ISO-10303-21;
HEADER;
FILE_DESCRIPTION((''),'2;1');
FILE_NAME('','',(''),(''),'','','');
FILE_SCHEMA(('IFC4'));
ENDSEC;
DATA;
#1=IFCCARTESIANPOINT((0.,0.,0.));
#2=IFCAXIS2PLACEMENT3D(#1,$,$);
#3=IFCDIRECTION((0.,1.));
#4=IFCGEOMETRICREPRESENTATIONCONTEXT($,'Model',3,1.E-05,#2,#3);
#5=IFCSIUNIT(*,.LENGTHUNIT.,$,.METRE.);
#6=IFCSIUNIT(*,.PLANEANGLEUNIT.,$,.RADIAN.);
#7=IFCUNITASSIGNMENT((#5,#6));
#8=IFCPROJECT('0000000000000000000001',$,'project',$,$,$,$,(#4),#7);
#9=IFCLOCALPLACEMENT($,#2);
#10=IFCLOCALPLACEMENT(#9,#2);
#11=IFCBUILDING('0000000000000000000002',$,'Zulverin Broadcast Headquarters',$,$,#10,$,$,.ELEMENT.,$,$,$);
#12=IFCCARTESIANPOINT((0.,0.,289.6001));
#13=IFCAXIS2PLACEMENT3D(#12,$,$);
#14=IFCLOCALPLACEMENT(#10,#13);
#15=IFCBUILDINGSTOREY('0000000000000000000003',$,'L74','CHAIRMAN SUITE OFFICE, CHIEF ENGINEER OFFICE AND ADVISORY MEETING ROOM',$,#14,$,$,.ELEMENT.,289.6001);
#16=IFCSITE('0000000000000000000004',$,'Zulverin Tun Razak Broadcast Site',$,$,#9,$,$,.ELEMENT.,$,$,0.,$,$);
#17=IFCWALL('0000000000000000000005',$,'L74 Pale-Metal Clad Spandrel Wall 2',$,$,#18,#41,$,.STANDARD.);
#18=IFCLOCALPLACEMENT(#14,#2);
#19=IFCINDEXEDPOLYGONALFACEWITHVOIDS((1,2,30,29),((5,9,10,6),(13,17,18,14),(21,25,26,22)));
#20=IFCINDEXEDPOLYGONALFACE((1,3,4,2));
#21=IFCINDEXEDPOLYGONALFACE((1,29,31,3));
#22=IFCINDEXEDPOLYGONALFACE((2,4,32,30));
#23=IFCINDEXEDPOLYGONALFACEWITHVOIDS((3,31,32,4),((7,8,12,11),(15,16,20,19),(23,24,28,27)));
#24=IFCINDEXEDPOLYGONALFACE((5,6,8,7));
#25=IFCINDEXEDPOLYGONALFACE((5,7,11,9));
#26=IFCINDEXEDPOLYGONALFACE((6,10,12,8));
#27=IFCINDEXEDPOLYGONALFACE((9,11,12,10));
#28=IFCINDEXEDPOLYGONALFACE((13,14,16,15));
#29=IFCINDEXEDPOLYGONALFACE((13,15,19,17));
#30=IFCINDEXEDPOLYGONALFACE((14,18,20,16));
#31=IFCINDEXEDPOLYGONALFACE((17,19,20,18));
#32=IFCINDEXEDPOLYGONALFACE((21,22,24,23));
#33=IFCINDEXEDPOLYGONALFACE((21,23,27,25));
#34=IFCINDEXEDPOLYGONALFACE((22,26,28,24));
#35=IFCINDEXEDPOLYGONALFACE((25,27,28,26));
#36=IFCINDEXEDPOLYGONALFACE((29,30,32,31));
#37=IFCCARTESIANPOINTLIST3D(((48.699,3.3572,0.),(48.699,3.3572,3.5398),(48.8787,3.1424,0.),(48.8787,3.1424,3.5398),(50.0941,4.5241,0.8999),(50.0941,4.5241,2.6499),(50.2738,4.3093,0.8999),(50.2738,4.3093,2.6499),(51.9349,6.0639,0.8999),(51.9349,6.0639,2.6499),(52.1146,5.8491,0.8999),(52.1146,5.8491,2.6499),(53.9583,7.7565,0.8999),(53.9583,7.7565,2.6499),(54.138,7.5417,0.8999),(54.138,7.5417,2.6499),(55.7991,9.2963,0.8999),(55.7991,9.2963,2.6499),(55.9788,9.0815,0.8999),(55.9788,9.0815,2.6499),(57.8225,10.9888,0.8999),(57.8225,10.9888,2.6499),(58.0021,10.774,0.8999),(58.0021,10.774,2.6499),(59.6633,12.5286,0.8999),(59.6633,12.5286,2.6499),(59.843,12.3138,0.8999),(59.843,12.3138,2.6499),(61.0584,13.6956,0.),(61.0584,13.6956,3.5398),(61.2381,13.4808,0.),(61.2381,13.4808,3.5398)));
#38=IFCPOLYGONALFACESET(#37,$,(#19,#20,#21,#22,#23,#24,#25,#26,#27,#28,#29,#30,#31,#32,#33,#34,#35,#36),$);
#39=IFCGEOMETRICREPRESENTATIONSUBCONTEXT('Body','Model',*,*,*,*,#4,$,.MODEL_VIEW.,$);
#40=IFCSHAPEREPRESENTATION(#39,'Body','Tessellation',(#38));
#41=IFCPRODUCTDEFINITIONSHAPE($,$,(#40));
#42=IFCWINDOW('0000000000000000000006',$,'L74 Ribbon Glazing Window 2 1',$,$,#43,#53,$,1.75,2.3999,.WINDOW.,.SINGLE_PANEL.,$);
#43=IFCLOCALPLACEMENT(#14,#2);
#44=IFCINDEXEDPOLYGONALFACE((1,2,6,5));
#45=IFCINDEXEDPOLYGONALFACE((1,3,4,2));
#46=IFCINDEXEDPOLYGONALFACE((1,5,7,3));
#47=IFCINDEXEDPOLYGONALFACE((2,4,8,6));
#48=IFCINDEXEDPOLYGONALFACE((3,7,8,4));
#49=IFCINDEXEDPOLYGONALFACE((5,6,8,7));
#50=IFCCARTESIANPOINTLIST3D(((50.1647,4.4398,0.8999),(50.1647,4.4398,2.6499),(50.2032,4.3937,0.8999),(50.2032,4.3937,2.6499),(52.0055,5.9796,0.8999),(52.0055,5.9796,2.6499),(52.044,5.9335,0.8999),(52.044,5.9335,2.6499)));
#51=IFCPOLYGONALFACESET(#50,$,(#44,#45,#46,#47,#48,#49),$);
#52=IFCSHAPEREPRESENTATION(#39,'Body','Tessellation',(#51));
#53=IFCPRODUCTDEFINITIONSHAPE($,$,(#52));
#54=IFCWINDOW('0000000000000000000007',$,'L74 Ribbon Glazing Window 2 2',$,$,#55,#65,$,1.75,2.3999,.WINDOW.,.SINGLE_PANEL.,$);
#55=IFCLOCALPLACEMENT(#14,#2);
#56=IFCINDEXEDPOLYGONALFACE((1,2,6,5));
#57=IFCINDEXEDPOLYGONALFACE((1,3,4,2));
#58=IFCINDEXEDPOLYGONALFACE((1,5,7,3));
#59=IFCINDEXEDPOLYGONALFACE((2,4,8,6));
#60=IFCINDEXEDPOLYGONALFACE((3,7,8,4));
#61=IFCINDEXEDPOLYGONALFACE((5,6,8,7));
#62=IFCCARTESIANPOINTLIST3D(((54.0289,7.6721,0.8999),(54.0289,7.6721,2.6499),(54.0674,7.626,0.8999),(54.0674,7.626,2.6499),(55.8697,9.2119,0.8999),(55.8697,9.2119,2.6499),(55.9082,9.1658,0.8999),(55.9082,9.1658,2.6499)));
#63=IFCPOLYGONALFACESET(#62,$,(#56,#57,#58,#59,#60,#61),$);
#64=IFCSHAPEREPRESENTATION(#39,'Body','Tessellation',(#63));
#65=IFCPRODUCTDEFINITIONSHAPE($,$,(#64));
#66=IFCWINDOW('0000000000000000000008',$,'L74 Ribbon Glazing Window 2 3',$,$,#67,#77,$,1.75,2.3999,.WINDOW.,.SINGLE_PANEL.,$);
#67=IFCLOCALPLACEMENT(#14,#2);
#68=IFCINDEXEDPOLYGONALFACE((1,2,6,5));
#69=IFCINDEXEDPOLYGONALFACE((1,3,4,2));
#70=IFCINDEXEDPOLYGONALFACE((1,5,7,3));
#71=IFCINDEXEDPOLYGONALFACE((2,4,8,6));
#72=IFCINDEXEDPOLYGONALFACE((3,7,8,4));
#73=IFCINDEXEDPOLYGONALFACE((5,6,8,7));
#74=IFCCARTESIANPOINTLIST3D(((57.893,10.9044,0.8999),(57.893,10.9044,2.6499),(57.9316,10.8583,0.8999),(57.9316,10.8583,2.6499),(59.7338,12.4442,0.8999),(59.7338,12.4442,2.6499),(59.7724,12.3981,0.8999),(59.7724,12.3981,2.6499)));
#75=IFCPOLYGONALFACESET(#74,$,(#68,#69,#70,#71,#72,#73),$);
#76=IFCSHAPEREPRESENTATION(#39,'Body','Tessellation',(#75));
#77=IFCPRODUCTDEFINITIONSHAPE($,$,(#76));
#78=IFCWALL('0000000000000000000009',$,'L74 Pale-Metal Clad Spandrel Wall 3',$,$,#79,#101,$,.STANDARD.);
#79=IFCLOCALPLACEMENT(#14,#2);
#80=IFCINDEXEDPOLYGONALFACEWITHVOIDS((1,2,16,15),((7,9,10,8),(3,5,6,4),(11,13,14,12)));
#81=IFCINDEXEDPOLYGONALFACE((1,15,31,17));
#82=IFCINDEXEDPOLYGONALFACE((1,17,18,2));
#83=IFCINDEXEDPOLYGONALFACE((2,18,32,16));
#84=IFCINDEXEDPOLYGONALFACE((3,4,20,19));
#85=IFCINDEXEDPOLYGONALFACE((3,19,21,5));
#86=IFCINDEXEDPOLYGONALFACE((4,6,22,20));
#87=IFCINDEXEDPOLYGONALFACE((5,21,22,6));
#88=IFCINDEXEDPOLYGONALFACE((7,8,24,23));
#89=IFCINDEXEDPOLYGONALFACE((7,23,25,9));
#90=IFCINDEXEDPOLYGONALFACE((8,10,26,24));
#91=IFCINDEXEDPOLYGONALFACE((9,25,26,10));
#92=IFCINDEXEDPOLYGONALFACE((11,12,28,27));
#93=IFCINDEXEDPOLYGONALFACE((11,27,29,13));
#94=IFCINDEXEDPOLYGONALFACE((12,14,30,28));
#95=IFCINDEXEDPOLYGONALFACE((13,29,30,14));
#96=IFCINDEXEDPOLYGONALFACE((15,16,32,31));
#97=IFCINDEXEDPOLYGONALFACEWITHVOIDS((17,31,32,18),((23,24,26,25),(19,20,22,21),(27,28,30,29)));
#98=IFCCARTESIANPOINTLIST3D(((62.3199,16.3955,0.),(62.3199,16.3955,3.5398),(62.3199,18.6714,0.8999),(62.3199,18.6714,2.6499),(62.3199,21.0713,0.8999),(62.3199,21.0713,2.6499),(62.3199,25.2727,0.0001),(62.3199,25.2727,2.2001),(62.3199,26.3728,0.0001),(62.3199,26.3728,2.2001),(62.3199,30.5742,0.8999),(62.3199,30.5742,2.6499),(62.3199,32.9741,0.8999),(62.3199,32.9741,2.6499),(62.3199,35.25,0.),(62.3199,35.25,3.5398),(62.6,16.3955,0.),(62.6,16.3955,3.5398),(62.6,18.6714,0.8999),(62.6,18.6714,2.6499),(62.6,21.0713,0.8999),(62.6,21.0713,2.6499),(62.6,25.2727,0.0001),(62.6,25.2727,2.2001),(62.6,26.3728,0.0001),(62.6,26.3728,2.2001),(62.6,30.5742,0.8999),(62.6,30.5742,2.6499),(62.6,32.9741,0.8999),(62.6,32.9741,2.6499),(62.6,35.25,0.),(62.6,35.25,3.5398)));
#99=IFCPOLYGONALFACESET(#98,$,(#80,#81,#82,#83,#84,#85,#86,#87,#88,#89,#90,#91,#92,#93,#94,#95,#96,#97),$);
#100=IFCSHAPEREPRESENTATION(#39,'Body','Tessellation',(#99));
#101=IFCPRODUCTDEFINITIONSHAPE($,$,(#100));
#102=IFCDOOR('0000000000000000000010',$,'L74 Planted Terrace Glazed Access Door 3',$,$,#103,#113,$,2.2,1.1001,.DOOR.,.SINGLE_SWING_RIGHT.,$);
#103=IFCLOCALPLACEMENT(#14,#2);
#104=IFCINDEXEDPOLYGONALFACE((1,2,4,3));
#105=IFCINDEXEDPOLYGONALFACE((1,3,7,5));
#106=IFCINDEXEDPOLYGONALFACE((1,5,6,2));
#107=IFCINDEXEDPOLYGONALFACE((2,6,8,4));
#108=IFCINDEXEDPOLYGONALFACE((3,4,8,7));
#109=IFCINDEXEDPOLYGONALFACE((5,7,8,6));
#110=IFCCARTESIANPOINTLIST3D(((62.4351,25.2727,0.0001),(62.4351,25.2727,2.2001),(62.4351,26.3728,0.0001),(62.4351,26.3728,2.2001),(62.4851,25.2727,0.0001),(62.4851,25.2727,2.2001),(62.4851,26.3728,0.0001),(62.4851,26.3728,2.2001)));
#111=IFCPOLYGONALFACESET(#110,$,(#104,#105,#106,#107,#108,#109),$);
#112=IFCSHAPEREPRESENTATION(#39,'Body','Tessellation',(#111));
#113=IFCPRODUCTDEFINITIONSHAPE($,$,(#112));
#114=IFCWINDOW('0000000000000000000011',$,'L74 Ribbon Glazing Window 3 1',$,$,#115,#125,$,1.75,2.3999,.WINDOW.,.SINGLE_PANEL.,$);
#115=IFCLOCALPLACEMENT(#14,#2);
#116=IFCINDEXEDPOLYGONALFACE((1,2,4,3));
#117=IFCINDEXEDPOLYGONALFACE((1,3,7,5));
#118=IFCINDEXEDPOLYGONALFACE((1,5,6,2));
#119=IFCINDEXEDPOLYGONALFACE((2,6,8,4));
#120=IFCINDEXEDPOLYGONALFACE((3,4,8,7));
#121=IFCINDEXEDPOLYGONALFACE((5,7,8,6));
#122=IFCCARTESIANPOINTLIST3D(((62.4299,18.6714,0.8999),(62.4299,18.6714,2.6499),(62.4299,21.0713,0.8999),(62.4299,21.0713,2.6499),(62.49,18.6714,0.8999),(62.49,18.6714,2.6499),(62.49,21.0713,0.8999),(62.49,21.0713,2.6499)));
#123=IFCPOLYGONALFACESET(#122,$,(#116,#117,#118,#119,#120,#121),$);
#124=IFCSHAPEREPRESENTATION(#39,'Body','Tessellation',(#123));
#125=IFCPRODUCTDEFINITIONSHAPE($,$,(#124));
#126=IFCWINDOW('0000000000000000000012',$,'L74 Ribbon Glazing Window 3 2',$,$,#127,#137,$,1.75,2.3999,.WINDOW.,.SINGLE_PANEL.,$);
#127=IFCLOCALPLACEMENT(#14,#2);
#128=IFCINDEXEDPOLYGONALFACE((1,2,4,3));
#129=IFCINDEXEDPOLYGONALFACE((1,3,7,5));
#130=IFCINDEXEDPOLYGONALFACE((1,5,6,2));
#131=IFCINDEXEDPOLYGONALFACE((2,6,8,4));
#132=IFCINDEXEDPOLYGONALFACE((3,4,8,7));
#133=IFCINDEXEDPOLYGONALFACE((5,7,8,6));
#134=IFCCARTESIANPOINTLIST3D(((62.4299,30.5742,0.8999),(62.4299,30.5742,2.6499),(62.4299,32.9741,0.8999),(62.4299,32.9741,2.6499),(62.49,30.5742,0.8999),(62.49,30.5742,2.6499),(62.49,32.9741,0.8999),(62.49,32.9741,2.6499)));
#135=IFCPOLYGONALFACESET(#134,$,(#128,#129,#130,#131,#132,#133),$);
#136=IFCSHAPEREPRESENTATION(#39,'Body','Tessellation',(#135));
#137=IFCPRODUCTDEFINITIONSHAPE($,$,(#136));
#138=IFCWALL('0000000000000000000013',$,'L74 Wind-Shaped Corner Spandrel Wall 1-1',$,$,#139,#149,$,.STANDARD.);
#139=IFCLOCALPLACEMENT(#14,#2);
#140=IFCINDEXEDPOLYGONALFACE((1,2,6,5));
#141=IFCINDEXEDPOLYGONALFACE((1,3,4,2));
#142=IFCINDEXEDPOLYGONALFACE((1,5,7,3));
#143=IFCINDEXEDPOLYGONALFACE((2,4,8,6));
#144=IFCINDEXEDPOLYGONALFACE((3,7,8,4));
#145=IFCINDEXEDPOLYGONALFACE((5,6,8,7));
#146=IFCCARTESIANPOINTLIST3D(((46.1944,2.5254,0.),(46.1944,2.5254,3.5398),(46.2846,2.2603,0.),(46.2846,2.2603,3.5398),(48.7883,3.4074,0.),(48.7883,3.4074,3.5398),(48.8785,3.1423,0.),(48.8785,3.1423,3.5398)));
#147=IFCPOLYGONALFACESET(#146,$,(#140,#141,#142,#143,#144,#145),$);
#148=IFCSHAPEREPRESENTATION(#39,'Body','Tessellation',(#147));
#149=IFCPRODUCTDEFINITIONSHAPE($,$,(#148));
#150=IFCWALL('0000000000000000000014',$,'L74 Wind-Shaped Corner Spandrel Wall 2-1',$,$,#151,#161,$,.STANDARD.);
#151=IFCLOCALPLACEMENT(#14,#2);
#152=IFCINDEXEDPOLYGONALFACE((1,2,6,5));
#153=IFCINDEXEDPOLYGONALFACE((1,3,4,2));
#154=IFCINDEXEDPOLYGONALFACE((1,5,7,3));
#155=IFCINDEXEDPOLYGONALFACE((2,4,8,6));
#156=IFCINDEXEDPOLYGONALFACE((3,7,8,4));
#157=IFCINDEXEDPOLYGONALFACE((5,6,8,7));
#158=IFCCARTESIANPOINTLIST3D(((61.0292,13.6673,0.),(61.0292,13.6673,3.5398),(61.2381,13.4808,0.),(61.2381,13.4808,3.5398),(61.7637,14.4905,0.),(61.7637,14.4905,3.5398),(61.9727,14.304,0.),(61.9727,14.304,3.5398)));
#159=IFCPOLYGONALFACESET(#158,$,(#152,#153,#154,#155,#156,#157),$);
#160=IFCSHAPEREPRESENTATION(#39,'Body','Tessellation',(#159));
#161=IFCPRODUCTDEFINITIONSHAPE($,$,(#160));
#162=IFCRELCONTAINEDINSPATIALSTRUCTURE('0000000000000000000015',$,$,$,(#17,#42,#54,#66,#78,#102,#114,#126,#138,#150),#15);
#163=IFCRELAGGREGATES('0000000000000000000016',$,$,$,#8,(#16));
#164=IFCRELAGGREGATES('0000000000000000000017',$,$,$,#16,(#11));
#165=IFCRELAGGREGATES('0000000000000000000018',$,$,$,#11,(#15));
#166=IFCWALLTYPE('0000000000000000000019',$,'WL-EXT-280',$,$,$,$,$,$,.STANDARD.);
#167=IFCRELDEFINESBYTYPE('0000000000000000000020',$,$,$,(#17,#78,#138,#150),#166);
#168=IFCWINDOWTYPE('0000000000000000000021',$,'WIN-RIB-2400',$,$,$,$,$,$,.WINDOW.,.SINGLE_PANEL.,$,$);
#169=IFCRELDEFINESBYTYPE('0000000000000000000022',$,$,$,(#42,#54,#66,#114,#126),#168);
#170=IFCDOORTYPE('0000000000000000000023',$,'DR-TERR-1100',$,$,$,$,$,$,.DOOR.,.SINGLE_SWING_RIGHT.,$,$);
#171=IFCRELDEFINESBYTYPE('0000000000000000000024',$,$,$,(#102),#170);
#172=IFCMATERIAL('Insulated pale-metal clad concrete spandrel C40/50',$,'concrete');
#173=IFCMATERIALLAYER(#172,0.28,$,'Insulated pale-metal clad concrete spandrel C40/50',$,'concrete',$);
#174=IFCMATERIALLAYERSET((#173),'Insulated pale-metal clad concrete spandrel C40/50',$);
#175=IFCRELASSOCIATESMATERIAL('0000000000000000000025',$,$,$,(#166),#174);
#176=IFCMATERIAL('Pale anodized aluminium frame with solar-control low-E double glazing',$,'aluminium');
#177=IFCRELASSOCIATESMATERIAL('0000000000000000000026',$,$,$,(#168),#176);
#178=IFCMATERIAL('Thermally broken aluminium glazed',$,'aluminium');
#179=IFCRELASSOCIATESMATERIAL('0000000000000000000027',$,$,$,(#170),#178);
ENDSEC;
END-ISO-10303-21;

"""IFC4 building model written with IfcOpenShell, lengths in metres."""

from ifc_helpers import new_model, si_unit, direction, frame, frame_2d, origin, place, context, subcontext, project, spatial, rectangle, extrude, material, layer, layer_set, type_object, element, fill, save


model = new_model("IFC4")

# Units and contexts
model_context = context("Model", 3, precision=1e-05, world=origin(), true_north=direction((0.0, 1.0)))
body_context = subcontext(model_context, "Body", "Model", "MODEL_VIEW")
ifc_project = project(units=[si_unit("LENGTHUNIT", "METRE"), si_unit("PLANEANGLEUNIT", "RADIAN")], contexts=[model_context])

# Site, building, storey
site_placement = place(None, origin())
site = spatial("IfcSite", under=ifc_project, at=site_placement, Name="Zulverin Tun Razak Broadcast Site", CompositionType="ELEMENT", RefElevation=0.0)
building_placement = place(site_placement, origin())
building = spatial("IfcBuilding", under=site, at=building_placement, Name="Zulverin Broadcast Headquarters", CompositionType="ELEMENT")
storey_placement = place(building_placement, frame((0.0, 0.0, 289.6001)))
storey = spatial("IfcBuildingStorey", under=building, at=storey_placement, Name="L74", Description="CHAIRMAN SUITE OFFICE, CHIEF ENGINEER OFFICE AND ADVISORY MEETING ROOM", CompositionType="ELEMENT", Elevation=289.6001)

# Wall, openings, windows
ifc_material_1 = material(Name="Insulated pale-metal clad concrete spandrel C40/50", Category="concrete")
ifc_layer_1 = layer(ifc_material_1, 0.28, Name="Insulated pale-metal clad concrete spandrel C40/50", Category="concrete")
ifc_layer_set_1 = layer_set([ifc_layer_1], Name="Insulated pale-metal clad concrete spandrel C40/50")
wall_type_1 = type_object("IfcWallType", Name="WL-EXT-280", PredefinedType="STANDARD", material=ifc_layer_set_1)
wall_1_placement = place(storey_placement, frame((48.7888, 3.2498, 0.0), z_axis=(0.0, 0.0, 1.0), x_axis=(0.767033, 0.641608, 0.0)))
wall_1 = element("IfcWall", 1, at=wall_1_placement, inside=storey, type_object=wall_type_1, Name="L74 Pale-Metal Clad Spandrel Wall 2", PredefinedType="STANDARD", context=body_context, shape_type="SweptSolid", body=[
    extrude(rectangle(XDim=16.1133, YDim=0.28, at=frame_2d((8.0566, 0.0))), origin(), (0.0, 0.0, 1.0), 3.5398),
])
opening_1_placement = place(wall_1_placement, frame((1.8188, 0.0, 0.8999)))
opening_1 = element("IfcOpeningElement", 2, at=opening_1_placement, cuts=wall_1, PredefinedType="OPENING", context=body_context, shape_type="SweptSolid", body=[
    extrude(rectangle(XDim=2.3999, YDim=1.75, at=frame_2d((1.2, 0.875))), frame((0.0, 0.1499, 0.0), z_axis=(0.0, -1.0, 0.0), x_axis=(1.0, 0.0, 0.0)), (0.0, 0.0, 1.0), 0.3),
])
opening_2_placement = place(wall_1_placement, frame((6.8567, 0.0, 0.8999)))
opening_2 = element("IfcOpeningElement", 3, at=opening_2_placement, cuts=wall_1, PredefinedType="OPENING", context=body_context, shape_type="SweptSolid", body=[
    extrude(rectangle(XDim=2.3999, YDim=1.75, at=frame_2d((1.2, 0.875))), frame((0.0, 0.1499, 0.0), z_axis=(0.0, -1.0, 0.0), x_axis=(1.0, 0.0, 0.0)), (0.0, 0.0, 1.0), 0.3),
])
opening_3_placement = place(wall_1_placement, frame((11.8945, 0.0, 0.8999)))
opening_3 = element("IfcOpeningElement", 4, at=opening_3_placement, cuts=wall_1, PredefinedType="OPENING", context=body_context, shape_type="SweptSolid", body=[
    extrude(rectangle(XDim=2.3999, YDim=1.75, at=frame_2d((1.2, 0.875))), frame((0.0, 0.1499, 0.0), z_axis=(0.0, -1.0, 0.0), x_axis=(1.0, 0.0, 0.0)), (0.0, 0.0, 1.0), 0.3),
])
ifc_material_2 = material(Name="Pale anodized aluminium frame with solar-control low-E double glazing", Category="aluminium")
window_type = type_object("IfcWindowType", Name="WIN-RIB-2400", PartitioningType="SINGLE_PANEL", PredefinedType="WINDOW", material=ifc_material_2)
window_1_placement = place(opening_1_placement, origin())
window_1 = element("IfcWindow", 5, at=window_1_placement, inside=storey, type_object=window_type, Name="L74 Ribbon Glazing Window 2 1", OverallHeight=1.75, OverallWidth=2.3999, PartitioningType="SINGLE_PANEL", PredefinedType="WINDOW", context=body_context, shape_type="SweptSolid", body=[
    extrude(rectangle(XDim=2.3999, YDim=1.75, at=frame_2d((1.2, 0.875))), frame((0.0, 0.03, 0.0), z_axis=(0.0, -1.0, 0.0), x_axis=(1.0, 0.0, 0.0)), (0.0, 0.0, 1.0), 0.0601),
])
fill(opening_1, window_1)
window_2_placement = place(opening_2_placement, origin())
window_2 = element("IfcWindow", 6, at=window_2_placement, inside=storey, type_object=window_type, Name="L74 Ribbon Glazing Window 2 2", OverallHeight=1.75, OverallWidth=2.3999, PartitioningType="SINGLE_PANEL", PredefinedType="WINDOW", context=body_context, shape_type="SweptSolid", body=[
    extrude(rectangle(XDim=2.3999, YDim=1.75, at=frame_2d((1.2, 0.875))), frame((0.0, 0.03, 0.0), z_axis=(0.0, -1.0, 0.0), x_axis=(1.0, 0.0, 0.0)), (0.0, 0.0, 1.0), 0.0601),
])
fill(opening_2, window_2)
window_3_placement = place(opening_3_placement, origin())
window_3 = element("IfcWindow", 7, at=window_3_placement, inside=storey, type_object=window_type, Name="L74 Ribbon Glazing Window 2 3", OverallHeight=1.75, OverallWidth=2.3999, PartitioningType="SINGLE_PANEL", PredefinedType="WINDOW", context=body_context, shape_type="SweptSolid", body=[
    extrude(rectangle(XDim=2.3999, YDim=1.75, at=frame_2d((1.2, 0.875))), frame((0.0, 0.03, 0.0), z_axis=(0.0, -1.0, 0.0), x_axis=(1.0, 0.0, 0.0)), (0.0, 0.0, 1.0), 0.0601),
])
fill(opening_3, window_3)

# Wall, openings, door, windows
wall_2_placement = place(storey_placement, frame((62.46, 16.3955, 0.0), z_axis=(0.0, 0.0, 1.0), x_axis=(0.0, 1.0, 0.0)))
wall_2 = element("IfcWall", 8, at=wall_2_placement, inside=storey, type_object=wall_type_1, Name="L74 Pale-Metal Clad Spandrel Wall 3", PredefinedType="STANDARD", context=body_context, shape_type="SweptSolid", body=[
    extrude(rectangle(XDim=18.8545, YDim=0.28, at=frame_2d((9.4272, 0.0))), origin(), (0.0, 0.0, 1.0), 3.5398),
])
opening_4_placement = place(wall_2_placement, frame((8.8772, 0.0, 0.0)))
opening_4 = element("IfcOpeningElement", 9, at=opening_4_placement, cuts=wall_2, PredefinedType="OPENING", context=body_context, shape_type="SweptSolid", body=[
    extrude(rectangle(XDim=1.1001, YDim=2.2, at=frame_2d((0.55, 1.1001))), frame((0.0, 0.1499, 0.0), z_axis=(0.0, -1.0, 0.0), x_axis=(1.0, 0.0, 0.0)), (0.0, 0.0, 1.0), 0.3),
])
opening_5_placement = place(wall_2_placement, frame((2.2759, 0.0, 0.8999)))
opening_5 = element("IfcOpeningElement", 10, at=opening_5_placement, cuts=wall_2, PredefinedType="OPENING", context=body_context, shape_type="SweptSolid", body=[
    extrude(rectangle(XDim=2.3999, YDim=1.75, at=frame_2d((1.2, 0.875))), frame((0.0, 0.1499, 0.0), z_axis=(0.0, -1.0, 0.0), x_axis=(1.0, 0.0, 0.0)), (0.0, 0.0, 1.0), 0.3),
])
opening_6_placement = place(wall_2_placement, frame((14.1787, 0.0, 0.8999)))
opening_6 = element("IfcOpeningElement", 11, at=opening_6_placement, cuts=wall_2, PredefinedType="OPENING", context=body_context, shape_type="SweptSolid", body=[
    extrude(rectangle(XDim=2.3999, YDim=1.75, at=frame_2d((1.2, 0.875))), frame((0.0, 0.1499, 0.0), z_axis=(0.0, -1.0, 0.0), x_axis=(1.0, 0.0, 0.0)), (0.0, 0.0, 1.0), 0.3),
])
ifc_material_3 = material(Name="Thermally broken aluminium glazed", Category="aluminium")
door_type = type_object("IfcDoorType", Name="DR-TERR-1100", OperationType="SINGLE_SWING_RIGHT", PredefinedType="DOOR", material=ifc_material_3)
door_placement = place(opening_4_placement, origin())
door = element("IfcDoor", 12, at=door_placement, inside=storey, type_object=door_type, Name="L74 Planted Terrace Glazed Access Door 3", OperationType="SINGLE_SWING_RIGHT", OverallHeight=2.2, OverallWidth=1.1001, PredefinedType="DOOR", context=body_context, shape_type="SweptSolid", body=[
    extrude(rectangle(XDim=1.1001, YDim=2.2, at=frame_2d((0.55, 1.1001))), frame((0.0, 0.0249, 0.0), z_axis=(0.0, -1.0, 0.0), x_axis=(1.0, 0.0, 0.0)), (0.0, 0.0, 1.0), 0.05),
])
fill(opening_4, door)
window_4_placement = place(opening_5_placement, origin())
window_4 = element("IfcWindow", 13, at=window_4_placement, inside=storey, type_object=window_type, Name="L74 Ribbon Glazing Window 3 1", OverallHeight=1.75, OverallWidth=2.3999, PartitioningType="SINGLE_PANEL", PredefinedType="WINDOW", context=body_context, shape_type="SweptSolid", body=[
    extrude(rectangle(XDim=2.3999, YDim=1.75, at=frame_2d((1.2, 0.875))), frame((0.0, 0.03, 0.0), z_axis=(0.0, -1.0, 0.0), x_axis=(1.0, 0.0, 0.0)), (0.0, 0.0, 1.0), 0.0601),
])
fill(opening_5, window_4)
window_5_placement = place(opening_6_placement, origin())
window_5 = element("IfcWindow", 14, at=window_5_placement, inside=storey, type_object=window_type, Name="L74 Ribbon Glazing Window 3 2", OverallHeight=1.75, OverallWidth=2.3999, PartitioningType="SINGLE_PANEL", PredefinedType="WINDOW", context=body_context, shape_type="SweptSolid", body=[
    extrude(rectangle(XDim=2.3999, YDim=1.75, at=frame_2d((1.2, 0.875))), frame((0.0, 0.03, 0.0), z_axis=(0.0, -1.0, 0.0), x_axis=(1.0, 0.0, 0.0)), (0.0, 0.0, 1.0), 0.0601),
])
fill(opening_6, window_5)

# Walls
wall_3_placement = place(storey_placement, frame((46.2395, 2.3928, 0.0), z_axis=(0.0, 0.0, 1.0), x_axis=(0.946759, 0.321943, 0.0)))
element("IfcWall", 15, at=wall_3_placement, inside=storey, type_object=wall_type_1, Name="L74 Wind-Shaped Corner Spandrel Wall 1-1", PredefinedType="STANDARD", context=body_context, shape_type="SweptSolid", body=[
    extrude(rectangle(XDim=2.7397, YDim=0.28, at=frame_2d((1.3699, 0.0))), origin(), (0.0, 0.0, 1.0), 3.5398),
])
wall_4_placement = place(storey_placement, frame((61.1335, 13.574, 0.0), z_axis=(0.0, 0.0, 1.0), x_axis=(0.665805, 0.746126, 0.0)))
element("IfcWall", 16, at=wall_4_placement, inside=storey, type_object=wall_type_1, Name="L74 Wind-Shaped Corner Spandrel Wall 2-1", PredefinedType="STANDARD", context=body_context, shape_type="SweptSolid", body=[
    extrude(rectangle(XDim=1.1033, YDim=0.28, at=frame_2d((0.5518, 0.0))), origin(), (0.0, 0.0, 1.0), 3.5398),
])

save(model, "model.ifc")
